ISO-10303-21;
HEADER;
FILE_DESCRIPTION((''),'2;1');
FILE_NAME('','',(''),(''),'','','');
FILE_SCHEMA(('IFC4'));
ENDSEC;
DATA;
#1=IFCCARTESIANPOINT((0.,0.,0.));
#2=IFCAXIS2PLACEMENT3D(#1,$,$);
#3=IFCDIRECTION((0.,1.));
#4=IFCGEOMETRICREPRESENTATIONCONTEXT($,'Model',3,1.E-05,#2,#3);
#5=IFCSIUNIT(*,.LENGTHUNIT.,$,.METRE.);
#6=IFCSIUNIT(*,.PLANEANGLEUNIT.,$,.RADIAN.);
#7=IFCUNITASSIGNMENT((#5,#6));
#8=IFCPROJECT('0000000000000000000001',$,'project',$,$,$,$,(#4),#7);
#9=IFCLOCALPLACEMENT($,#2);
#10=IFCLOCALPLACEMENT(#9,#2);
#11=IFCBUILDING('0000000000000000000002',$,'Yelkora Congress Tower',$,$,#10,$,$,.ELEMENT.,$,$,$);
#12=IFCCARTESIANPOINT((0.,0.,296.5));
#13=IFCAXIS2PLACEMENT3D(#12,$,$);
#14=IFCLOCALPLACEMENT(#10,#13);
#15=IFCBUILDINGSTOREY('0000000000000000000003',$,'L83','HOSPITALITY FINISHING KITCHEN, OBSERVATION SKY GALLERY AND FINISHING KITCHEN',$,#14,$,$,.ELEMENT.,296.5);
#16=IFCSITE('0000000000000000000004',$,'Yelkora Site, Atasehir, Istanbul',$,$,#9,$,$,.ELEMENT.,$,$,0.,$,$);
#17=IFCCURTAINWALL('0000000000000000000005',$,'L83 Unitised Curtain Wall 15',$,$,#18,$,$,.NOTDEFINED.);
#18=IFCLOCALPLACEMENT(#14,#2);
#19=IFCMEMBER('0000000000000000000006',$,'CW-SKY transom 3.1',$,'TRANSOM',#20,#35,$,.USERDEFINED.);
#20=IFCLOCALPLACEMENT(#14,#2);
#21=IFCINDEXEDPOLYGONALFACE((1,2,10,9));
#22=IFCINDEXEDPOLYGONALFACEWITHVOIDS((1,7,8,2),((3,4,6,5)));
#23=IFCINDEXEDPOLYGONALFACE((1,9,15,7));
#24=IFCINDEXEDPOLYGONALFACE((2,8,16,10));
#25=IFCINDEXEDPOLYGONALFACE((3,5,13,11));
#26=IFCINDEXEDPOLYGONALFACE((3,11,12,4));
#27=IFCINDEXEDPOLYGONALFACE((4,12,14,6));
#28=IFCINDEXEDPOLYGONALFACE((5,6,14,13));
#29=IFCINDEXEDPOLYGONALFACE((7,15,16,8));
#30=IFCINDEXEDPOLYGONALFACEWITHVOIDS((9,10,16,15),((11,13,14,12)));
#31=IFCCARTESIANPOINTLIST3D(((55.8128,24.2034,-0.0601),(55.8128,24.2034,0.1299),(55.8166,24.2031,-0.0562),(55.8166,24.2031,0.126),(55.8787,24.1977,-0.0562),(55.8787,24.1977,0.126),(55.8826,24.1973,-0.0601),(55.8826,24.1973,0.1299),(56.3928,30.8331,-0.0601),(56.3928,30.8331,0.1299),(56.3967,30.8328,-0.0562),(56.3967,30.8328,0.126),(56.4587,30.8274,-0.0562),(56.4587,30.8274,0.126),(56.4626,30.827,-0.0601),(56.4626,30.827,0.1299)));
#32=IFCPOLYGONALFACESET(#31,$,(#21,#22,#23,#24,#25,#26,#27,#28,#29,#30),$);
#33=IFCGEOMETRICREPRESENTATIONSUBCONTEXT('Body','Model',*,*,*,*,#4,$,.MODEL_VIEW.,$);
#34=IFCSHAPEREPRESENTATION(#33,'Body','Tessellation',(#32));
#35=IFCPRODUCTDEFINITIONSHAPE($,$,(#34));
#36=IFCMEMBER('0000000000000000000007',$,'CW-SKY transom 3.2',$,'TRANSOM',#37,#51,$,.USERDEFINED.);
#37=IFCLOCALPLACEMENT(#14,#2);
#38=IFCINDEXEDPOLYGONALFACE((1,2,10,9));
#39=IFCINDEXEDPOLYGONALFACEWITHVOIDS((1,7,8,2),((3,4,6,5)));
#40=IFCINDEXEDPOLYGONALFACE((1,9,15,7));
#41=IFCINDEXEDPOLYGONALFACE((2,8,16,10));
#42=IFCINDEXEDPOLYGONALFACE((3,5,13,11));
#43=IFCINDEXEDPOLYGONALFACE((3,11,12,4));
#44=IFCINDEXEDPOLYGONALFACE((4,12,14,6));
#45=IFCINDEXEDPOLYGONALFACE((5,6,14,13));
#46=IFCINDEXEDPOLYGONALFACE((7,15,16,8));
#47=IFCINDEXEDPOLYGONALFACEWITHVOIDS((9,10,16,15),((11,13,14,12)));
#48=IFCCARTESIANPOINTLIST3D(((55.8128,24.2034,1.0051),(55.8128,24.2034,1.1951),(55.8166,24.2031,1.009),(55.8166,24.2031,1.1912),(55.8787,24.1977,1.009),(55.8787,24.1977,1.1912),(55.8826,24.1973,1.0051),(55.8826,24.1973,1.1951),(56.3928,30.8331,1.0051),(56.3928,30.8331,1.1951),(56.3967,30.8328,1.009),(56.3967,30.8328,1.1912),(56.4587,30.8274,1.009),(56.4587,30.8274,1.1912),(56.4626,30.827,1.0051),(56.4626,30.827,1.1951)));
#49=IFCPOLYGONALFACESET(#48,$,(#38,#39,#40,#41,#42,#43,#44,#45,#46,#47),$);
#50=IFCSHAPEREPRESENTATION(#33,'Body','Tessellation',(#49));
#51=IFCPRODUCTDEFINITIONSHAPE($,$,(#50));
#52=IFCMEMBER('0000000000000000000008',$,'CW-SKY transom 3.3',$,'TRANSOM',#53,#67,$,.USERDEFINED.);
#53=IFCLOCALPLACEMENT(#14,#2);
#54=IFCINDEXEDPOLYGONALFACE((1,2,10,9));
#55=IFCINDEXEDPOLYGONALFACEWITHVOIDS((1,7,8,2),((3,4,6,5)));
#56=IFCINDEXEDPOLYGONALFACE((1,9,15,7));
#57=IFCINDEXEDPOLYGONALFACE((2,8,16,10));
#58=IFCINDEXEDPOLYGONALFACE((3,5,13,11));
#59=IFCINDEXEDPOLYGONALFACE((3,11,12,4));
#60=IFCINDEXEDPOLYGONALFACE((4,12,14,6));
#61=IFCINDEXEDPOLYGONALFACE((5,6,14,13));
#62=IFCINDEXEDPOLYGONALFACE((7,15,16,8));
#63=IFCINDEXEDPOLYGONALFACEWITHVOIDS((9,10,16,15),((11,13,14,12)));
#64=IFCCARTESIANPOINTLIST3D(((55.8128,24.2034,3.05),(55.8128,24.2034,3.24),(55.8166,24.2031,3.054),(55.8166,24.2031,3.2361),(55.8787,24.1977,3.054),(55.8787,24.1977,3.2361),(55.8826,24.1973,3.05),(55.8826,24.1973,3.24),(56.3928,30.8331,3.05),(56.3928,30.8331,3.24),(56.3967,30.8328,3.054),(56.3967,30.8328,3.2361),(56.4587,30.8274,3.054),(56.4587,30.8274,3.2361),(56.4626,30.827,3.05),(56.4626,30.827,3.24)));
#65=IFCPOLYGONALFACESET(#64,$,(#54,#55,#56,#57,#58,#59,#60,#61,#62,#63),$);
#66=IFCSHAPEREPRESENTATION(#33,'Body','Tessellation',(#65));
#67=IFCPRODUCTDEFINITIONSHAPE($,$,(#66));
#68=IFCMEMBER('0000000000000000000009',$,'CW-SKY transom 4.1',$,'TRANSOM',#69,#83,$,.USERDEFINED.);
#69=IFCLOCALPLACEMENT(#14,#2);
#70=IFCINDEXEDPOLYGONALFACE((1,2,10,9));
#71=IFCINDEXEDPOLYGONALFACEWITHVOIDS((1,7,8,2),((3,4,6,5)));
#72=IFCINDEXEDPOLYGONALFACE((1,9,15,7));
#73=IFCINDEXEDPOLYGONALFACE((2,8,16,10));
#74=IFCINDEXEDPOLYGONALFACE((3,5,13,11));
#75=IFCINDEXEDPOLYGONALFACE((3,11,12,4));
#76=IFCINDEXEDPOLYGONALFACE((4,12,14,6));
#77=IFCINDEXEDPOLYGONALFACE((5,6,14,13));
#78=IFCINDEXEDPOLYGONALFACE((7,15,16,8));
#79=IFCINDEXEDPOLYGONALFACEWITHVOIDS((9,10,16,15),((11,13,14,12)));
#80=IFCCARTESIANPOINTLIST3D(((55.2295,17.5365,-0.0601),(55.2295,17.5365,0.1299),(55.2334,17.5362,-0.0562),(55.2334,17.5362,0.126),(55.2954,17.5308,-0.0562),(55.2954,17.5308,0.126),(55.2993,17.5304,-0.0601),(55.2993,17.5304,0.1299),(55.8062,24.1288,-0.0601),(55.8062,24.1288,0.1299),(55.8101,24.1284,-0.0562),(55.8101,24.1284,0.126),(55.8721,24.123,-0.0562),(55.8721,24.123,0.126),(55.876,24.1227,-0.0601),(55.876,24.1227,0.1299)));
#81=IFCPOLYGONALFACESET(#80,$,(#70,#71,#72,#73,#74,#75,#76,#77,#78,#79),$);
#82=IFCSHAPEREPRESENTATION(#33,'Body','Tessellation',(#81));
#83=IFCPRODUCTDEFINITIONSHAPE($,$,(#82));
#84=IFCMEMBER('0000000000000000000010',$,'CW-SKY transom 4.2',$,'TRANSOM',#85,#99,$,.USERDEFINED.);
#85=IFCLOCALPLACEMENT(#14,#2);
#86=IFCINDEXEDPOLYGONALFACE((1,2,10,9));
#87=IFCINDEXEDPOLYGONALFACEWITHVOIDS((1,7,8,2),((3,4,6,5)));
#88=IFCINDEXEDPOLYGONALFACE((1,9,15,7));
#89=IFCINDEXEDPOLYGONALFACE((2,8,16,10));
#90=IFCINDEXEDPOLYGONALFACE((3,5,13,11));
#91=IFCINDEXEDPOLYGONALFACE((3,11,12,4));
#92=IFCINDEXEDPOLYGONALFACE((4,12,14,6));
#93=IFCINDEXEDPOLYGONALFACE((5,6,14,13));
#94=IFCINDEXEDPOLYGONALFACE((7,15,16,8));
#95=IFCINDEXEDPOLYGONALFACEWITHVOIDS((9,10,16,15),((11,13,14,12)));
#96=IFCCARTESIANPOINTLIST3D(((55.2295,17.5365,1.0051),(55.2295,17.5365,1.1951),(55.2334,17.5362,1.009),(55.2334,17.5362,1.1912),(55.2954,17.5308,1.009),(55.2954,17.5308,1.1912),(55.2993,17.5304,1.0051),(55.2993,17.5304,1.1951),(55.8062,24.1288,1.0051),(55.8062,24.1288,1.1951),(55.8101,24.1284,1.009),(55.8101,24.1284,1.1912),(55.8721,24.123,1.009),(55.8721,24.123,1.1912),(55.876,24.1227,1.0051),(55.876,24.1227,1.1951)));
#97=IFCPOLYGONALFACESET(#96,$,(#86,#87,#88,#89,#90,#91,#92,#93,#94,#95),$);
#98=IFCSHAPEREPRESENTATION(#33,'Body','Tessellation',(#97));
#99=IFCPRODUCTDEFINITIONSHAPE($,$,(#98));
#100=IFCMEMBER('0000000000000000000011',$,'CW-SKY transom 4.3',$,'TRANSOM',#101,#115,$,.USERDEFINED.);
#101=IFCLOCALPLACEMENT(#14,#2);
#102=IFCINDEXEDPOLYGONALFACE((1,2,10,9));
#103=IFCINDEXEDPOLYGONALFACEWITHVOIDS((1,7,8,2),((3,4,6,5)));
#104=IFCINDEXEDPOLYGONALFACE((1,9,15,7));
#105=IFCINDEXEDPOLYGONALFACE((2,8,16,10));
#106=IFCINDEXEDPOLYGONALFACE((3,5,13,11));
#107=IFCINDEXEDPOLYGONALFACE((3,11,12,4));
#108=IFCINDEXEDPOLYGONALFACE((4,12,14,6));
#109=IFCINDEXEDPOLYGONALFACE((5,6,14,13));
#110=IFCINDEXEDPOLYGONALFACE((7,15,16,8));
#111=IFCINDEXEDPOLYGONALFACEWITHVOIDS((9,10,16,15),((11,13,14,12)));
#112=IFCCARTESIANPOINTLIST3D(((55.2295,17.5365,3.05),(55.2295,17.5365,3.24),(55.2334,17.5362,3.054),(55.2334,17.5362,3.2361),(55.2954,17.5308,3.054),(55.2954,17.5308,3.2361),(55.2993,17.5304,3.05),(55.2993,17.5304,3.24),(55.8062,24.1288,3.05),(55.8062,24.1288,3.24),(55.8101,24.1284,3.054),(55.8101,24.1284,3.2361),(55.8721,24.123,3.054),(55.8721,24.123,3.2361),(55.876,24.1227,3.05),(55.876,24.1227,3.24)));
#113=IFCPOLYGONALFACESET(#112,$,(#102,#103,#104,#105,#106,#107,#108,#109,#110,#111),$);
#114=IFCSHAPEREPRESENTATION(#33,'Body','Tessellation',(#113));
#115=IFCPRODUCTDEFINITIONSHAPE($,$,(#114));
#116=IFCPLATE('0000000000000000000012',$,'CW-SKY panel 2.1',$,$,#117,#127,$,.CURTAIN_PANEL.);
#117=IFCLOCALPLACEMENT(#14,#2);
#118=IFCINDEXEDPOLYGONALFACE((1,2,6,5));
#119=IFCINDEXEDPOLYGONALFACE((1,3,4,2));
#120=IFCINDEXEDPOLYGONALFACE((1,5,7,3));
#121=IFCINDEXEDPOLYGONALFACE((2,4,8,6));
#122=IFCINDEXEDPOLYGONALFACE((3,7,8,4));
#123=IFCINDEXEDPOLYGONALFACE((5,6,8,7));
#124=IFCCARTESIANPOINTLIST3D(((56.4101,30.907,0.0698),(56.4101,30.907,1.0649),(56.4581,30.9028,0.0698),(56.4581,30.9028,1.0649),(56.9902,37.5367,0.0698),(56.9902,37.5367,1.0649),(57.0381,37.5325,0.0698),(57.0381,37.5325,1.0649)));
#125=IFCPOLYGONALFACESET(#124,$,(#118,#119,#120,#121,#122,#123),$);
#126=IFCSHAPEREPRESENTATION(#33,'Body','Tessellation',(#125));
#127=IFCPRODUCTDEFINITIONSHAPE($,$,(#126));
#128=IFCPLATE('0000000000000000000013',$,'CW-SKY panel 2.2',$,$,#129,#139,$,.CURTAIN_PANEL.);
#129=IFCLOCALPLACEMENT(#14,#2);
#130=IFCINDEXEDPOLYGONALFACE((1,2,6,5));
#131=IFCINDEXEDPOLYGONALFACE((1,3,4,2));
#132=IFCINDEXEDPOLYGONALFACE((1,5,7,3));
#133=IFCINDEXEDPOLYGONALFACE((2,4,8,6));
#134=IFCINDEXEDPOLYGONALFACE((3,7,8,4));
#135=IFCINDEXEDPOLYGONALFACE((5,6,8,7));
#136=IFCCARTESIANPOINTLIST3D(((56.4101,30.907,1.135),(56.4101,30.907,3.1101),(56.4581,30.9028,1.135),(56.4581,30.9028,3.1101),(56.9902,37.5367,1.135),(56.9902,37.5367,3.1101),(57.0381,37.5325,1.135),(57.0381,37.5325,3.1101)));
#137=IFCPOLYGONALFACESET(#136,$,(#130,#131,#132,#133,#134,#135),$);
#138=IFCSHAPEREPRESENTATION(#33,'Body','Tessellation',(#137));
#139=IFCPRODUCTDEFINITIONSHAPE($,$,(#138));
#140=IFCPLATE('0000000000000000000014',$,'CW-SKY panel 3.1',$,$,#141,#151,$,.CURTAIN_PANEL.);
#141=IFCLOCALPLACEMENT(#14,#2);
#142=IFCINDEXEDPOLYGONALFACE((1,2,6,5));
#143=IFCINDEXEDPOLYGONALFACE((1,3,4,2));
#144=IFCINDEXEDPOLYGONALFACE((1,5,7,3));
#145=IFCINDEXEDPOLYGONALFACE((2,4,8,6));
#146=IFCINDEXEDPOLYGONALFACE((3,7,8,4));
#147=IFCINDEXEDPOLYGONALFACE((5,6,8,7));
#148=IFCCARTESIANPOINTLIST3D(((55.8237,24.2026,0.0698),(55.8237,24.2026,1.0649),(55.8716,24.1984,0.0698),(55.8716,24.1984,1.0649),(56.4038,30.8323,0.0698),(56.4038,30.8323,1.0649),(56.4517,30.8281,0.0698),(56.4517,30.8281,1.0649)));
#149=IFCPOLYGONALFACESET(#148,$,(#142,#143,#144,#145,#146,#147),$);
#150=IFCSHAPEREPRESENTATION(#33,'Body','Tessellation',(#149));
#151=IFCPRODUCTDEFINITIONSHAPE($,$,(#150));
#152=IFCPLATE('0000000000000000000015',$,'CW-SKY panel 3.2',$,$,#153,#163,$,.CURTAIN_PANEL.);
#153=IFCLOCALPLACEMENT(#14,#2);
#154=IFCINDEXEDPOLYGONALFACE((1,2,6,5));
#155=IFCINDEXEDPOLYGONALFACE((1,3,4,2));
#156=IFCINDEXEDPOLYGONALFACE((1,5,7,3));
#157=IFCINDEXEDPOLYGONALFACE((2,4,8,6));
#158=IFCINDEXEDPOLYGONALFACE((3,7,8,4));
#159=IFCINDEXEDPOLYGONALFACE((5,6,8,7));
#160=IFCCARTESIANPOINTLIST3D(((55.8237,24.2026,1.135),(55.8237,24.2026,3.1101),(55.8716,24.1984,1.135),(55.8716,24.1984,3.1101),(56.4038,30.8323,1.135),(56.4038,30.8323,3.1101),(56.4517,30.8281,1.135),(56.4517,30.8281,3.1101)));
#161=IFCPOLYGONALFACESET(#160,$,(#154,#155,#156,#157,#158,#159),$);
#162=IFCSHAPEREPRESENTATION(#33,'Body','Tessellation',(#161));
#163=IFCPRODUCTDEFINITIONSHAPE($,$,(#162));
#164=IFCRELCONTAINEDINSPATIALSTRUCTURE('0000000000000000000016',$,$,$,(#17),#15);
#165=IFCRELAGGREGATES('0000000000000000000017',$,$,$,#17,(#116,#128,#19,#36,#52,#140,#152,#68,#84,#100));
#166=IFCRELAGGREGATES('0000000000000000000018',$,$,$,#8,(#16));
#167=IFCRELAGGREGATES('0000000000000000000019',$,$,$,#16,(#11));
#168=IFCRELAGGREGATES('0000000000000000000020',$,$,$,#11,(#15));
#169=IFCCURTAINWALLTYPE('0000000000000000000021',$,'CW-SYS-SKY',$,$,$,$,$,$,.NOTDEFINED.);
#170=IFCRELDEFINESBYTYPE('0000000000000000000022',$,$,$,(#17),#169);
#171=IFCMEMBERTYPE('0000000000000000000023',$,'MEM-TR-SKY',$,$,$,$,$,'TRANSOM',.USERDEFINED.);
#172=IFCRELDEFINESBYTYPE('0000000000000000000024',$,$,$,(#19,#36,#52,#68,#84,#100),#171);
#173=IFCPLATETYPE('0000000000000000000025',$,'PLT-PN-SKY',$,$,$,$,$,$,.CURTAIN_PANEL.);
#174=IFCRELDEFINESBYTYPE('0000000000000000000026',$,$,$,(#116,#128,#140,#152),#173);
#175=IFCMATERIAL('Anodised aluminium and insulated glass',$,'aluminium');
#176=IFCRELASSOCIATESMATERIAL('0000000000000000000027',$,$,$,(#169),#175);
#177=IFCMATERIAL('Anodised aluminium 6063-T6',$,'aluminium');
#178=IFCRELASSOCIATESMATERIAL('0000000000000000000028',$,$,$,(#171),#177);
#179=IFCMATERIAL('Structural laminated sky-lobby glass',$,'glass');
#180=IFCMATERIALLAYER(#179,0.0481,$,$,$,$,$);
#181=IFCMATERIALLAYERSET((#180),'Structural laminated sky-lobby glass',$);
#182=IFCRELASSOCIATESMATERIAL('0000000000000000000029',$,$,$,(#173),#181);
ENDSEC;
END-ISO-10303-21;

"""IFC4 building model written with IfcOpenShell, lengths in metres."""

from ifc_helpers import new_model, si_unit, direction, frame, origin, origin_2d, place, context, subcontext, project, spatial, rectangle, hollow_rectangle, extrude, material, layer, layer_set, material_profile, profile_set, type_object, element, aggregate, save


model = new_model("IFC4")

# Units and contexts
model_context = context("Model", 3, precision=1e-05, world=origin(), true_north=direction((0.0, 1.0)))
body_context = subcontext(model_context, "Body", "Model", "MODEL_VIEW")
ifc_project = project(units=[si_unit("LENGTHUNIT", "METRE"), si_unit("PLANEANGLEUNIT", "RADIAN")], contexts=[model_context])

# Site, building, storey
site_placement = place(None, origin())
site = spatial("IfcSite", under=ifc_project, at=site_placement, Name="Yelkora Site, Atasehir, Istanbul", CompositionType="ELEMENT", RefElevation=0.0)
building_placement = place(site_placement, origin())
building = spatial("IfcBuilding", under=site, at=building_placement, Name="Yelkora Congress Tower", CompositionType="ELEMENT")
storey_placement = place(building_placement, frame((0.0, 0.0, 296.5)))
storey = spatial("IfcBuildingStorey", under=building, at=storey_placement, Name="L83", Description="HOSPITALITY FINISHING KITCHEN, OBSERVATION SKY GALLERY AND FINISHING KITCHEN", CompositionType="ELEMENT", Elevation=296.5)

# Curtain wall, members, plates
ifc_material_1 = material(Name="Anodised aluminium and insulated glass", Category="aluminium")
curtain_wall_type = type_object("IfcCurtainWallType", Name="CW-SYS-SKY", PredefinedType="NOTDEFINED", material=ifc_material_1)
curtain_wall_placement = place(storey_placement, origin())
curtain_wall = element("IfcCurtainWall", 1, at=curtain_wall_placement, inside=storey, type_object=curtain_wall_type, Name="L83 Unitised Curtain Wall 15", PredefinedType="NOTDEFINED")
ifc_material_2 = material(Name="Anodised aluminium 6063-T6", Category="aluminium")
ifc_material_profile_1 = material_profile(ifc_material_2, hollow_rectangle(XDim=0.0701, YDim=0.1899, WallThickness=0.0039, at=origin_2d()), Name="ALU 70x190x4")
ifc_profile_set_1 = profile_set([ifc_material_profile_1], Name="Anodised aluminium 6063-T6")
member_type_1 = type_object("IfcMemberType", Name="MEM-TR-SKY", ElementType="TRANSOM", PredefinedType="USERDEFINED", material=ifc_profile_set_1)
member_1_placement = place(storey_placement, frame((56.4277, 30.8301, 0.0349), z_axis=(-0.087165, -0.996194, 0.0), x_axis=(0.996194, -0.087165, 0.0)))
member_1 = element("IfcMember", 2, at=member_1_placement, type_object=member_type_1, Name="CW-SKY transom 3.1", ObjectType="TRANSOM", PredefinedType="USERDEFINED", context=body_context, shape_type="SweptSolid", body=[
    extrude(hollow_rectangle(XDim=0.0701, YDim=0.1899, WallThickness=0.0039, at=origin_2d()), origin(), (0.0, 0.0, 1.0), 6.655),
])
member_2_placement = place(storey_placement, frame((56.4277, 30.8301, 1.1001), z_axis=(-0.087165, -0.996194, 0.0), x_axis=(0.996194, -0.087165, 0.0)))
member_2 = element("IfcMember", 3, at=member_2_placement, type_object=member_type_1, Name="CW-SKY transom 3.2", ObjectType="TRANSOM", PredefinedType="USERDEFINED", context=body_context, shape_type="SweptSolid", body=[
    extrude(hollow_rectangle(XDim=0.0701, YDim=0.1899, WallThickness=0.0039, at=origin_2d()), origin(), (0.0, 0.0, 1.0), 6.655),
])
member_3_placement = place(storey_placement, frame((56.4277, 30.8301, 3.145), z_axis=(-0.087165, -0.996194, 0.0), x_axis=(0.996194, -0.087165, 0.0)))
member_3 = element("IfcMember", 4, at=member_3_placement, type_object=member_type_1, Name="CW-SKY transom 3.3", ObjectType="TRANSOM", PredefinedType="USERDEFINED", context=body_context, shape_type="SweptSolid", body=[
    extrude(hollow_rectangle(XDim=0.0701, YDim=0.1899, WallThickness=0.0039, at=origin_2d()), origin(), (0.0, 0.0, 1.0), 6.655),
])
member_4_placement = place(storey_placement, frame((55.8411, 24.1257, 0.0349), z_axis=(-0.087142, -0.996196, 0.0), x_axis=(0.996196, -0.087142, 0.0)))
member_4 = element("IfcMember", 5, at=member_4_placement, type_object=member_type_1, Name="CW-SKY transom 4.1", ObjectType="TRANSOM", PredefinedType="USERDEFINED", context=body_context, shape_type="SweptSolid", body=[
    extrude(hollow_rectangle(XDim=0.0701, YDim=0.1899, WallThickness=0.0039, at=origin_2d()), origin(), (0.0, 0.0, 1.0), 6.6174),
])
member_5_placement = place(storey_placement, frame((55.8411, 24.1257, 1.1001), z_axis=(-0.087142, -0.996196, 0.0), x_axis=(0.996196, -0.087142, 0.0)))
member_5 = element("IfcMember", 6, at=member_5_placement, type_object=member_type_1, Name="CW-SKY transom 4.2", ObjectType="TRANSOM", PredefinedType="USERDEFINED", context=body_context, shape_type="SweptSolid", body=[
    extrude(hollow_rectangle(XDim=0.0701, YDim=0.1899, WallThickness=0.0039, at=origin_2d()), origin(), (0.0, 0.0, 1.0), 6.6174),
])
member_6_placement = place(storey_placement, frame((55.8411, 24.1257, 3.145), z_axis=(-0.087142, -0.996196, 0.0), x_axis=(0.996196, -0.087142, 0.0)))
member_6 = element("IfcMember", 7, at=member_6_placement, type_object=member_type_1, Name="CW-SKY transom 4.3", ObjectType="TRANSOM", PredefinedType="USERDEFINED", context=body_context, shape_type="SweptSolid", body=[
    extrude(hollow_rectangle(XDim=0.0701, YDim=0.1899, WallThickness=0.0039, at=origin_2d()), origin(), (0.0, 0.0, 1.0), 6.6174),
])
ifc_material_3 = material(Name="Structural laminated sky-lobby glass", Category="glass")
ifc_layer_1 = layer(ifc_material_3, 0.0481)
ifc_layer_set_1 = layer_set([ifc_layer_1], Name="Structural laminated sky-lobby glass")
plate_type = type_object("IfcPlateType", Name="PLT-PN-SKY", PredefinedType="CURTAIN_PANEL", material=ifc_layer_set_1)
plate_1_placement = place(storey_placement, frame((56.7241, 34.2197, 0.0698), z_axis=(0.0, 0.0, 1.0), x_axis=(-0.087158, -0.996194, 0.0)))
plate_1 = element("IfcPlate", 8, at=plate_1_placement, type_object=plate_type, Name="CW-SKY panel 2.1", PredefinedType="CURTAIN_PANEL", context=body_context, shape_type="SweptSolid", body=[
    extrude(rectangle(XDim=6.655, YDim=0.0481, at=origin_2d()), origin(), (0.0, 0.0, 1.0), 0.9951),
])
plate_2_placement = place(storey_placement, frame((56.7241, 34.2197, 1.135), z_axis=(0.0, 0.0, 1.0), x_axis=(-0.087158, -0.996194, 0.0)))
plate_2 = element("IfcPlate", 9, at=plate_2_placement, type_object=plate_type, Name="CW-SKY panel 2.2", PredefinedType="CURTAIN_PANEL", context=body_context, shape_type="SweptSolid", body=[
    extrude(rectangle(XDim=6.655, YDim=0.0481, at=origin_2d()), origin(), (0.0, 0.0, 1.0), 1.9751),
])
plate_3_placement = place(storey_placement, frame((56.1377, 27.5154, 0.0698), z_axis=(0.0, 0.0, 1.0), x_axis=(-0.087158, -0.996194, 0.0)))
plate_3 = element("IfcPlate", 10, at=plate_3_placement, type_object=plate_type, Name="CW-SKY panel 3.1", PredefinedType="CURTAIN_PANEL", context=body_context, shape_type="SweptSolid", body=[
    extrude(rectangle(XDim=6.655, YDim=0.0481, at=origin_2d()), origin(), (0.0, 0.0, 1.0), 0.9951),
])
plate_4_placement = place(storey_placement, frame((56.1377, 27.5154, 1.135), z_axis=(0.0, 0.0, 1.0), x_axis=(-0.087158, -0.996194, 0.0)))
plate_4 = element("IfcPlate", 11, at=plate_4_placement, type_object=plate_type, Name="CW-SKY panel 3.2", PredefinedType="CURTAIN_PANEL", context=body_context, shape_type="SweptSolid", body=[
    extrude(rectangle(XDim=6.655, YDim=0.0481, at=origin_2d()), origin(), (0.0, 0.0, 1.0), 1.9751),
])
aggregate(curtain_wall, [plate_1, plate_2, member_1, member_2, member_3, plate_3, plate_4, member_4, member_5, member_6])

save(model, "model.ifc")
